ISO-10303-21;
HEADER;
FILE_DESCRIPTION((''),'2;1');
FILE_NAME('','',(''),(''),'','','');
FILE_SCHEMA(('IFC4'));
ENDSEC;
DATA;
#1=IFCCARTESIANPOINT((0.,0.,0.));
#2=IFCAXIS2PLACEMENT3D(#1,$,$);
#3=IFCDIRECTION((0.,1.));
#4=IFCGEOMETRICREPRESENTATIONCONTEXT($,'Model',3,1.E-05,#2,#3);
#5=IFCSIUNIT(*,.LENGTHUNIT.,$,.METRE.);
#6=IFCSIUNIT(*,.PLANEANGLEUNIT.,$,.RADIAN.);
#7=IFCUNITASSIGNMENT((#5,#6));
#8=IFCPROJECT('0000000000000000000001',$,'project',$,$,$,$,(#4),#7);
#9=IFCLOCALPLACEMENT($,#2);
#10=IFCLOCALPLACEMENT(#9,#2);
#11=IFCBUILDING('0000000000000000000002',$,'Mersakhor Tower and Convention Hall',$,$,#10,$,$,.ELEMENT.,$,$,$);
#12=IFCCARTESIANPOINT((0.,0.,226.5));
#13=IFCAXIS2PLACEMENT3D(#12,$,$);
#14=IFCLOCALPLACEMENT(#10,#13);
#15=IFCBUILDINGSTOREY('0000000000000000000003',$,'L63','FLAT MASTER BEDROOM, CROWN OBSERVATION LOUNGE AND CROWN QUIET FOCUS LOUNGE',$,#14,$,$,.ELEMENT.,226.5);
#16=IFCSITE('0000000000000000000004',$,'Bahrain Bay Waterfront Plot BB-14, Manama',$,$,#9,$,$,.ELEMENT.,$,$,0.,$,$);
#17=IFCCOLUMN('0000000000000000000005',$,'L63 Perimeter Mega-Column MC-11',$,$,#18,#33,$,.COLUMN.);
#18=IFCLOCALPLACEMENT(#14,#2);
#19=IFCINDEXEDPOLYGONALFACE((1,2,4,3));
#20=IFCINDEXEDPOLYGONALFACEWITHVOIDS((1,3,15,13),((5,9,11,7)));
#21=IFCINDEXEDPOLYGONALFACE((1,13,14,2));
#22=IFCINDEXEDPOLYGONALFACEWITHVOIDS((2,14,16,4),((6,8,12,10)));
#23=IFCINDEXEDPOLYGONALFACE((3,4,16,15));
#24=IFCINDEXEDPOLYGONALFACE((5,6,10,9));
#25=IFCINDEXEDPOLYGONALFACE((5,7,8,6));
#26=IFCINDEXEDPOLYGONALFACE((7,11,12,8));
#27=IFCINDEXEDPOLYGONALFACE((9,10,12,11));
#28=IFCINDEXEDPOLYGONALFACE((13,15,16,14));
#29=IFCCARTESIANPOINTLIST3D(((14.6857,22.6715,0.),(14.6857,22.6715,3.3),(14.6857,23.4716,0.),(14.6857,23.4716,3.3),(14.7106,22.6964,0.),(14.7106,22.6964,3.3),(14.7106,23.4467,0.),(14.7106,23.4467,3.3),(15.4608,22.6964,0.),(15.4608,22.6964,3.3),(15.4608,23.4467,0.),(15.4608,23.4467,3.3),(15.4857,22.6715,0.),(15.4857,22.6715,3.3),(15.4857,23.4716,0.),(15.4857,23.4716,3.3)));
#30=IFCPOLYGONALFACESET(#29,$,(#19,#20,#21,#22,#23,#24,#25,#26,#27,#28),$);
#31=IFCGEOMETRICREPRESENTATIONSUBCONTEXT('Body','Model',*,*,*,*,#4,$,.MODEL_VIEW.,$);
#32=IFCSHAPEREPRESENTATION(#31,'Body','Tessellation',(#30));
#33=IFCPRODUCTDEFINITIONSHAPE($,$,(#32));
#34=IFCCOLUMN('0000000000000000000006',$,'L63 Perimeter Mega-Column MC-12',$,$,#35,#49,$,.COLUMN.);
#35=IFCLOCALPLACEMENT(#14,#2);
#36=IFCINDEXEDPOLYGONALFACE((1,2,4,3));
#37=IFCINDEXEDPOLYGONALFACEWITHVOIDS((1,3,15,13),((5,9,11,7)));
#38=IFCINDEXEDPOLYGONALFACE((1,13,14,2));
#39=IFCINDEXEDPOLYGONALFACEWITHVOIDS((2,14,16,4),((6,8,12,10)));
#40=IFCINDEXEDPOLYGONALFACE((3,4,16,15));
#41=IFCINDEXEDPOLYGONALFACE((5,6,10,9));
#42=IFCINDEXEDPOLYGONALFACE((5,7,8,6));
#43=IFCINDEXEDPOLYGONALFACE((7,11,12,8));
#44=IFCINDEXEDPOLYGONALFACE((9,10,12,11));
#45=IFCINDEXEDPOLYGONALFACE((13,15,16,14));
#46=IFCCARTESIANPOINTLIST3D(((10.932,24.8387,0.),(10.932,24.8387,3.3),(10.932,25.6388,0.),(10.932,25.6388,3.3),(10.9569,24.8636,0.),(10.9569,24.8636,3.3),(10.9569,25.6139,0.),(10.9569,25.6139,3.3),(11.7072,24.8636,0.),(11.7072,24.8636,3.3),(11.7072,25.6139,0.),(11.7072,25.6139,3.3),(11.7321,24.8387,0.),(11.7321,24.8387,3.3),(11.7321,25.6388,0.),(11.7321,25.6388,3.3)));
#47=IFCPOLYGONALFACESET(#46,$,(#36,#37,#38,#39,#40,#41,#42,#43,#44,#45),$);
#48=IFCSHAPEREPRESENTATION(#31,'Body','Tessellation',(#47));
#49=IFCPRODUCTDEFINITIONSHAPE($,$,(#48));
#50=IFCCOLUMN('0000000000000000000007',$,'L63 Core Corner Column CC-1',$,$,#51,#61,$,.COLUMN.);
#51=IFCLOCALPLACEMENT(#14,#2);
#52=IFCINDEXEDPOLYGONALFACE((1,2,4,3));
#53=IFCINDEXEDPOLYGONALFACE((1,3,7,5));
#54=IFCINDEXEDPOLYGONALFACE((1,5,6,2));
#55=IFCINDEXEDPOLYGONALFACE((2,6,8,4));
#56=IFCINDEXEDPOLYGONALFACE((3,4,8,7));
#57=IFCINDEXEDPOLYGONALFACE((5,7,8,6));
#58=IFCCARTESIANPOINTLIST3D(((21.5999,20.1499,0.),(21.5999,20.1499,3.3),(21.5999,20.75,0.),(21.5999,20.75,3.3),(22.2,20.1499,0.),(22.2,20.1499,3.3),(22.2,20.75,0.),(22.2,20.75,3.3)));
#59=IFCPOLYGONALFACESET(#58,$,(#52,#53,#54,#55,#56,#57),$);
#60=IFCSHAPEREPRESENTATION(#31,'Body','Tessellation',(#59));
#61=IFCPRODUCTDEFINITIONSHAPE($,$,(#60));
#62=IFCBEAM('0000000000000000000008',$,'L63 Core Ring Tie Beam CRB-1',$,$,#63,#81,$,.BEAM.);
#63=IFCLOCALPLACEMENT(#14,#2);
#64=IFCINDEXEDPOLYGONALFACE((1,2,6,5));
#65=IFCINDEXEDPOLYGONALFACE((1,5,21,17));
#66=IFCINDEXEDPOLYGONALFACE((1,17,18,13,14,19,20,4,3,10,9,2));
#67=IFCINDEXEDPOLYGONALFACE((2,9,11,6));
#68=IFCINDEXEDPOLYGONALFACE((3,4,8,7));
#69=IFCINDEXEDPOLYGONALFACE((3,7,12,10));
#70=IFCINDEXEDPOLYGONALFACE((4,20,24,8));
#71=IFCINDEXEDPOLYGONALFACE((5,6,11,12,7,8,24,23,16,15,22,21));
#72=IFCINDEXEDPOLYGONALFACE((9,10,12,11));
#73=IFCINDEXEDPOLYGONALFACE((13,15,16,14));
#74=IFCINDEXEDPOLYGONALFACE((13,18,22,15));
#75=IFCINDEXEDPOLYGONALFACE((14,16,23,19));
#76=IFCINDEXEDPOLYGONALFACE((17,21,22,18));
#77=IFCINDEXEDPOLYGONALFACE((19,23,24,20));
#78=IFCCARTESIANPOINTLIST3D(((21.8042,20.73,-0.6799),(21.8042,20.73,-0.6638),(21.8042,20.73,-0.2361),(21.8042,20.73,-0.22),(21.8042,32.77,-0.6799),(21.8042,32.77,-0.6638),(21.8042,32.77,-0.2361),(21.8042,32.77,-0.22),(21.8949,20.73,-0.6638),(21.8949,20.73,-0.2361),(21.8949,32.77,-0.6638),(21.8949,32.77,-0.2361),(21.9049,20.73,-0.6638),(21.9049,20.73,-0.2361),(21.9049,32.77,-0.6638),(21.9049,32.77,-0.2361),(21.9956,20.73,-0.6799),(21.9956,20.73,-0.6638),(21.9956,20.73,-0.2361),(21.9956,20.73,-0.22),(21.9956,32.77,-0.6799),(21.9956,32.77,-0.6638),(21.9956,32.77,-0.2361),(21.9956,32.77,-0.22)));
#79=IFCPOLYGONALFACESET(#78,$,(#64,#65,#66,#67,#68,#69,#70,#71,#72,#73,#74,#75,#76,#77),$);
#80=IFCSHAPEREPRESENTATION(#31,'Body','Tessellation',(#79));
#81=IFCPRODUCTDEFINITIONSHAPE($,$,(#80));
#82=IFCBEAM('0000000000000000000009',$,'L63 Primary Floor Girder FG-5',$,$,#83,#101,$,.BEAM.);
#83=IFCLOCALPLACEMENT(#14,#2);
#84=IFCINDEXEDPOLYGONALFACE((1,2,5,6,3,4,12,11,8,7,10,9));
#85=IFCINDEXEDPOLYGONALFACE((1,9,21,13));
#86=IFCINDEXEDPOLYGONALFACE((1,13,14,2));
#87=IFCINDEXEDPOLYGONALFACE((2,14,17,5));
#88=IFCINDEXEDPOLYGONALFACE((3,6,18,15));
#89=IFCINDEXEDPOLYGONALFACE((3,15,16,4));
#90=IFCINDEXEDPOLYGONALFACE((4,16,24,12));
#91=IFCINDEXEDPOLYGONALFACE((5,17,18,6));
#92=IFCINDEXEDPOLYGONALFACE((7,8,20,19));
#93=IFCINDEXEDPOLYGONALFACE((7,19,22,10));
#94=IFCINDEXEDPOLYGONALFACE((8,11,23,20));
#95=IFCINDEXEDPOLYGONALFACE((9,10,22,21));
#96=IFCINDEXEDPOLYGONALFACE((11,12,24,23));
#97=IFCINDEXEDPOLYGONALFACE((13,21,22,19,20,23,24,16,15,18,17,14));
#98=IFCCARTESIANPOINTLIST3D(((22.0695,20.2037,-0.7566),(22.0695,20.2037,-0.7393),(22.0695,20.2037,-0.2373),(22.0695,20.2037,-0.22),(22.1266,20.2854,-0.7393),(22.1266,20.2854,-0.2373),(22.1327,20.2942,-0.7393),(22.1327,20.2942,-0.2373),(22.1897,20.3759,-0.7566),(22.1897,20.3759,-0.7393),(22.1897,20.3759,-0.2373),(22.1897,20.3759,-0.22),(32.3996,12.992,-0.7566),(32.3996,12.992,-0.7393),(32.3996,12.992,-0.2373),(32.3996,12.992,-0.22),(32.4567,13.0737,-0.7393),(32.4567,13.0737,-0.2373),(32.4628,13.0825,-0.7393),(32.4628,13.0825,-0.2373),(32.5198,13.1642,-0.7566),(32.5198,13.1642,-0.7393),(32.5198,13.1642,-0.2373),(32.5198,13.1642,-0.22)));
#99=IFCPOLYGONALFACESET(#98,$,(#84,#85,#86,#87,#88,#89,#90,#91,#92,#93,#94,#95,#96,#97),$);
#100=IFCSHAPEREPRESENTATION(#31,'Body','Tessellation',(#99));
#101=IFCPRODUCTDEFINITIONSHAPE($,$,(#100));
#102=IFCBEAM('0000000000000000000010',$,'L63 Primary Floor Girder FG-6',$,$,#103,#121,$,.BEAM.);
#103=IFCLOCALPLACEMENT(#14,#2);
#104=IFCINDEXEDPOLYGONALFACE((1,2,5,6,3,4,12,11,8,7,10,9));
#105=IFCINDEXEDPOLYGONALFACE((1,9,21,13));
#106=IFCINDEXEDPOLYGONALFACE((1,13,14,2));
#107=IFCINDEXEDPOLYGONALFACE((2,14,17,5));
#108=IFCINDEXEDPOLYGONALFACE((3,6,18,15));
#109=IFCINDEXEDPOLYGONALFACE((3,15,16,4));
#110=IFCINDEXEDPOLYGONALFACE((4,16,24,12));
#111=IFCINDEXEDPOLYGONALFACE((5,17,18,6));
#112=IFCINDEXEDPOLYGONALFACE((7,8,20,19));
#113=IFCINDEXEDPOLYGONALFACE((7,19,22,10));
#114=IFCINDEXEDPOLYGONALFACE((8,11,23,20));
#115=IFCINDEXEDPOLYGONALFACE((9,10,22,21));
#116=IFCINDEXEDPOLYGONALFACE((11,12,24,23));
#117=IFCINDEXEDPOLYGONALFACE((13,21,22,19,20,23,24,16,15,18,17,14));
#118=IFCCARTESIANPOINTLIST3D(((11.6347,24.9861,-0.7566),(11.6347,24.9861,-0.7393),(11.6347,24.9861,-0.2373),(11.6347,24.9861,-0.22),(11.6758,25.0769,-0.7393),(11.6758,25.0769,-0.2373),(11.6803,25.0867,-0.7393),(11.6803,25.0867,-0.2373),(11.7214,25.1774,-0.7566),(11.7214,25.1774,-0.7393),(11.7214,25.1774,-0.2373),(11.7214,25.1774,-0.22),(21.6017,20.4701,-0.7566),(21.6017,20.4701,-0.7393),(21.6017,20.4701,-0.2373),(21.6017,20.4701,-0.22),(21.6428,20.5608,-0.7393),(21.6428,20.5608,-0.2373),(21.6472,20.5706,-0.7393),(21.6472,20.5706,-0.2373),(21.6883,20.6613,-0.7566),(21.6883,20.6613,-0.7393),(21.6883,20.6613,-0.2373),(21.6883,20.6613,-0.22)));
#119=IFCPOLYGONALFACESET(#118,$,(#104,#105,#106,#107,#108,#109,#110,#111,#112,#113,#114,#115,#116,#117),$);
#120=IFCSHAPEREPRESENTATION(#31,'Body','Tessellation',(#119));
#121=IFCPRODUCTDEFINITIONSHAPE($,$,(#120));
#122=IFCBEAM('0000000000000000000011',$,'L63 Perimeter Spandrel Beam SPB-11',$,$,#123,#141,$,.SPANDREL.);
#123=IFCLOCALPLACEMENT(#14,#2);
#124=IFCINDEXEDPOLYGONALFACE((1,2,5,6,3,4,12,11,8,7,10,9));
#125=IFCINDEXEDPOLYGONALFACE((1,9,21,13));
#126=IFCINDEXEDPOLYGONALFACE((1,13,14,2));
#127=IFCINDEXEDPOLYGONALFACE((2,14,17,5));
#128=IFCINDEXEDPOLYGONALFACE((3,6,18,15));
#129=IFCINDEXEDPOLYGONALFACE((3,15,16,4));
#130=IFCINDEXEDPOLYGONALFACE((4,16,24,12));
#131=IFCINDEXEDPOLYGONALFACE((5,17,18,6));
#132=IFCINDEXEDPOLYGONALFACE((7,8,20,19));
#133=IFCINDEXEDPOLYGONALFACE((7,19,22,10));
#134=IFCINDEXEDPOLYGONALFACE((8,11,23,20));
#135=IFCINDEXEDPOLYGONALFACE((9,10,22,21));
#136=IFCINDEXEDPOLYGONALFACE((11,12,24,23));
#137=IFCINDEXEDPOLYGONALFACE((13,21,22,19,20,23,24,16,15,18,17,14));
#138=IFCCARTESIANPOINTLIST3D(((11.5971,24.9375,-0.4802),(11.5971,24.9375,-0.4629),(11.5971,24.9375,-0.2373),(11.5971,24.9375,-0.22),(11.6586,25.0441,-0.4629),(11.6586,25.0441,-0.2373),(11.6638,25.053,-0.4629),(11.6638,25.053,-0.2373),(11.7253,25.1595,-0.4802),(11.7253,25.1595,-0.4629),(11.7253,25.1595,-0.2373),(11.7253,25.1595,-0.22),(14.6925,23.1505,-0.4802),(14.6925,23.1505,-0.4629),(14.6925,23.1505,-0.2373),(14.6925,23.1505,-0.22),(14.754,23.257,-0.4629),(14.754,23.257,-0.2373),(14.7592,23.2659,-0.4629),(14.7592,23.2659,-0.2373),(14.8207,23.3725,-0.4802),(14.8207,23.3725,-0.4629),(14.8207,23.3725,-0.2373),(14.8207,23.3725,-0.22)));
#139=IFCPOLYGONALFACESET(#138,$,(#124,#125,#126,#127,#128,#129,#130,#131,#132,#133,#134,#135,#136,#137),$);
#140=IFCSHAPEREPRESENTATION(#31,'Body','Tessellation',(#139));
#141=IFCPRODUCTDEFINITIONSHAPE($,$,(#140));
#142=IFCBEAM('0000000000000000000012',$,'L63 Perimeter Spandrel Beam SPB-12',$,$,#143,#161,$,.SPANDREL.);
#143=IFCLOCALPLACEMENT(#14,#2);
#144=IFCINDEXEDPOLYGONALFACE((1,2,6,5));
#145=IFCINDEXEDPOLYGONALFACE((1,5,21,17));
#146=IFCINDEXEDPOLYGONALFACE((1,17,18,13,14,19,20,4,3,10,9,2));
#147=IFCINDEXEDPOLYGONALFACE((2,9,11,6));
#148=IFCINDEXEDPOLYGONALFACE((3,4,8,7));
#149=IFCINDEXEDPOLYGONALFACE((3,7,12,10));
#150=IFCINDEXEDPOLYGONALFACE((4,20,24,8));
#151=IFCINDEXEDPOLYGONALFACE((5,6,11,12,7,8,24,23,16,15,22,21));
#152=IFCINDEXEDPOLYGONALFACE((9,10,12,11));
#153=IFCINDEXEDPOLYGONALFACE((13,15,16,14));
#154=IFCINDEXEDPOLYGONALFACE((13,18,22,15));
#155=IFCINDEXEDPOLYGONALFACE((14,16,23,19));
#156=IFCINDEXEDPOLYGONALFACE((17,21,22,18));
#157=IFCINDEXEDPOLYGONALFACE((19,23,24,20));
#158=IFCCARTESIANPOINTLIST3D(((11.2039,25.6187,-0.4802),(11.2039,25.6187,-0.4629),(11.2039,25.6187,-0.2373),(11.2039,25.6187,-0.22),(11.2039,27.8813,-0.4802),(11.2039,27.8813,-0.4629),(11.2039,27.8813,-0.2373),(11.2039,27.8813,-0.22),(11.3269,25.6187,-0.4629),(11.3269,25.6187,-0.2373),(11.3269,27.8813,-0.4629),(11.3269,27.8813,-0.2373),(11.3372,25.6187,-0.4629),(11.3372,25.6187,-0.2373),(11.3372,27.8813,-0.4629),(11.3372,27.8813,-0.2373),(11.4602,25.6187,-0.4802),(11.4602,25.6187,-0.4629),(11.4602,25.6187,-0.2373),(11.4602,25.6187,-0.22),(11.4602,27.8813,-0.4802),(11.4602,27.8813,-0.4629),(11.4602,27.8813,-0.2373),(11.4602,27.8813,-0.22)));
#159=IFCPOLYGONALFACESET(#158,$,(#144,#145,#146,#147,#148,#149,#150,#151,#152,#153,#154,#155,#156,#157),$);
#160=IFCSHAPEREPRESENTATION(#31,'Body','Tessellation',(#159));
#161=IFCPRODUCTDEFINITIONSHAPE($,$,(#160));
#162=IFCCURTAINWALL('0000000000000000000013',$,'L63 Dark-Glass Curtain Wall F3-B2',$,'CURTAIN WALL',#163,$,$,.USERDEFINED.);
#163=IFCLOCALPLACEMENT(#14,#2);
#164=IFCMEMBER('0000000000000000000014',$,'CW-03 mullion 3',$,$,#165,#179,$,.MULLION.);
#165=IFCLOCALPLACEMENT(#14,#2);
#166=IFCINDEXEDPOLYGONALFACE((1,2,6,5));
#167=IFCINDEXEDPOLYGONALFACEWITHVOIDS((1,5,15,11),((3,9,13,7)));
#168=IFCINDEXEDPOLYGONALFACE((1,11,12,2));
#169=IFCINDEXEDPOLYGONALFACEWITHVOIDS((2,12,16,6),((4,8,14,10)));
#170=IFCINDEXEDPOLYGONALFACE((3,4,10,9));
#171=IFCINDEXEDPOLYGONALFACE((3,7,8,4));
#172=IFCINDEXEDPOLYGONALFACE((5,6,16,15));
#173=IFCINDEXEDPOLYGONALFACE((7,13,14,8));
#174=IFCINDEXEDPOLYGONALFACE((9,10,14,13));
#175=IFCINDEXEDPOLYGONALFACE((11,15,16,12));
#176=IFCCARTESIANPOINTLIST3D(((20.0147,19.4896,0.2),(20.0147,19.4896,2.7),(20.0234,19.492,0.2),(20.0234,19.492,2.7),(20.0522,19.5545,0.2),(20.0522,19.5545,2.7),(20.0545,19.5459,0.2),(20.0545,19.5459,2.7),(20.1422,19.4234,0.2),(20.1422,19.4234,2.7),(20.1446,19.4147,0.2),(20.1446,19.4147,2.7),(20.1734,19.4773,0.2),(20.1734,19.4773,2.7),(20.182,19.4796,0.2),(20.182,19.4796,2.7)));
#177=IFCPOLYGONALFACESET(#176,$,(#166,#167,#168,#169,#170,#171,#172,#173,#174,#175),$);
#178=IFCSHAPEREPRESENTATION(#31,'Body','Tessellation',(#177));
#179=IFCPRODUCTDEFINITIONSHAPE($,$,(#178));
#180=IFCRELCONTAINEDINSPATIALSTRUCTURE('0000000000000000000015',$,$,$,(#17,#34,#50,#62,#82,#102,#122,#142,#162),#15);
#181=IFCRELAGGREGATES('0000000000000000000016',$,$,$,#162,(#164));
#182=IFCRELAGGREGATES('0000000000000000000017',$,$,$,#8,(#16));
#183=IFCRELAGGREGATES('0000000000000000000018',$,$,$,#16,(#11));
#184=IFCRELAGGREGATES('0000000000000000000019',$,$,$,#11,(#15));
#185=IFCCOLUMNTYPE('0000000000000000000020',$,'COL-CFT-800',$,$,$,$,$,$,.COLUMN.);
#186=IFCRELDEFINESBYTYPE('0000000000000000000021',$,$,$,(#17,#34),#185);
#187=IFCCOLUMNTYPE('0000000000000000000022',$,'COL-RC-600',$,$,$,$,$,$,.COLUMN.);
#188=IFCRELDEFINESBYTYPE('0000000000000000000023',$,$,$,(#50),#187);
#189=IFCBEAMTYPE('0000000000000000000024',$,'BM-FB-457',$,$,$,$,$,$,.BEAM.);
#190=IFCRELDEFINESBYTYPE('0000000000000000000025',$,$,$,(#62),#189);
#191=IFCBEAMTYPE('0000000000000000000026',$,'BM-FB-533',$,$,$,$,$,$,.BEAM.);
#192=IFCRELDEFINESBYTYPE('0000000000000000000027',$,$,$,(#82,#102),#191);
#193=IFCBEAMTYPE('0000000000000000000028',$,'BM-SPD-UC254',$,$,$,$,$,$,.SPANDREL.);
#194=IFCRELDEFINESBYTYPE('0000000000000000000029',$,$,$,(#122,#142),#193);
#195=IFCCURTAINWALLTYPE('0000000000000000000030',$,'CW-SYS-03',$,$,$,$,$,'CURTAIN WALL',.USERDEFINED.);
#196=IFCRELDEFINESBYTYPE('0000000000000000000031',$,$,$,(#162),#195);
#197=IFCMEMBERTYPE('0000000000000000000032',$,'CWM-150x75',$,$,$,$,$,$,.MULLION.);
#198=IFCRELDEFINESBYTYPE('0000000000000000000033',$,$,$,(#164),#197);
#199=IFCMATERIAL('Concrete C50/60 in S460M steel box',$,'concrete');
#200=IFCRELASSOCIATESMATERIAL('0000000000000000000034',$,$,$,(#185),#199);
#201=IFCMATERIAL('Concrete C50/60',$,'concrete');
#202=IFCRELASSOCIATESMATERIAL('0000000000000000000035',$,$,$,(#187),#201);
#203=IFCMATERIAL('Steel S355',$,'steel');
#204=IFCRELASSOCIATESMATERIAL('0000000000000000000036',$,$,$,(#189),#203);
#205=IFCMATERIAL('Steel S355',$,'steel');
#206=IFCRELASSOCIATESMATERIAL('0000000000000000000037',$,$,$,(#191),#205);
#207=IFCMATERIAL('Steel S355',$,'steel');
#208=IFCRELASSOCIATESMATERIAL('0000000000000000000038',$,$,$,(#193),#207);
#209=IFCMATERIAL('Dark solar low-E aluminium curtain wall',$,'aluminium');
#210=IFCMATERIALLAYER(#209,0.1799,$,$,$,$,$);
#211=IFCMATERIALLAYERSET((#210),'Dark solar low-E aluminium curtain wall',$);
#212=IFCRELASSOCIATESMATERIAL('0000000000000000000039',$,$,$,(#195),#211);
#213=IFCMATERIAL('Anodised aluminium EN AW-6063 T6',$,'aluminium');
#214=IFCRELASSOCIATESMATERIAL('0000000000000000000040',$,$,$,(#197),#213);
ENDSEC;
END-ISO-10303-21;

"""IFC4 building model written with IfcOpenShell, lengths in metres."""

from ifc_helpers import new_model, si_unit, direction, frame, origin, origin_2d, place, context, subcontext, project, spatial, rectangle, hollow_rectangle, i_section, extrude, material, layer, layer_set, material_profile, profile_set, type_object, element, aggregate, save


model = new_model("IFC4")

# Units and contexts
model_context = context("Model", 3, precision=1e-05, world=origin(), true_north=direction((0.0, 1.0)))
body_context = subcontext(model_context, "Body", "Model", "MODEL_VIEW")
ifc_project = project(units=[si_unit("LENGTHUNIT", "METRE"), si_unit("PLANEANGLEUNIT", "RADIAN")], contexts=[model_context])

# Site, building, storey
site_placement = place(None, origin())
site = spatial("IfcSite", under=ifc_project, at=site_placement, Name="Bahrain Bay Waterfront Plot BB-14, Manama", CompositionType="ELEMENT", RefElevation=0.0)
building_placement = place(site_placement, origin())
building = spatial("IfcBuilding", under=site, at=building_placement, Name="Mersakhor Tower and Convention Hall", CompositionType="ELEMENT")
storey_placement = place(building_placement, frame((0.0, 0.0, 226.5)))
storey = spatial("IfcBuildingStorey", under=building, at=storey_placement, Name="L63", Description="FLAT MASTER BEDROOM, CROWN OBSERVATION LOUNGE AND CROWN QUIET FOCUS LOUNGE", CompositionType="ELEMENT", Elevation=226.5)

# Columns
ifc_material_1 = material(Name="Concrete C50/60 in S460M steel box", Category="concrete")
ifc_material_profile_1 = material_profile(ifc_material_1, hollow_rectangle(XDim=0.8, YDim=0.8, WallThickness=0.0249, at=origin_2d()), Name="SHS 800x800x25")
ifc_profile_set_1 = profile_set([ifc_material_profile_1], Name="Concrete C50/60 in S460M steel box")
column_type_1 = type_object("IfcColumnType", Name="COL-CFT-800", PredefinedType="COLUMN", material=ifc_profile_set_1)
for number, where, z_axis, x_axis, name in (
    (1, (15.0857, 23.0715, 0.0), (0.0, 0.0, 1.0), (1.0, 0.0, 0.0), "L63 Perimeter Mega-Column MC-11"),
    (2, (11.332, 25.2388, 0.0), (0.0, 0.0, 1.0), (1.0, 0.0, 0.0), "L63 Perimeter Mega-Column MC-12"),
):
    element("IfcColumn", number, at=place(storey_placement, frame(where, z_axis=z_axis, x_axis=x_axis)), inside=storey, type_object=column_type_1, Name=name, PredefinedType="COLUMN", context=body_context, shape_type="SweptSolid", body=[
        extrude(hollow_rectangle(XDim=0.8, YDim=0.8, WallThickness=0.0249, at=origin_2d()), origin(), (0.0, 0.0, 1.0), 3.3),
    ])
ifc_material_2 = material(Name="Concrete C50/60", Category="concrete")
ifc_material_profile_2 = material_profile(ifc_material_2, rectangle(XDim=0.6001, YDim=0.6001, at=origin_2d()), Name="RC 600x600")
ifc_profile_set_2 = profile_set([ifc_material_profile_2], Name="Concrete C50/60")
column_type_2 = type_object("IfcColumnType", Name="COL-RC-600", PredefinedType="COLUMN", material=ifc_profile_set_2)
column_placement = place(storey_placement, frame((21.8999, 20.45, 0.0), z_axis=(0.0, 0.0, 1.0), x_axis=(1.0, 0.0, 0.0)))
element("IfcColumn", 3, at=column_placement, inside=storey, type_object=column_type_2, Name="L63 Core Corner Column CC-1", PredefinedType="COLUMN", context=body_context, shape_type="SweptSolid", body=[
    extrude(rectangle(XDim=0.6001, YDim=0.6001, at=origin_2d()), origin(), (0.0, 0.0, 1.0), 3.3),
])

# Beams
ifc_material_3 = material(Name="Steel S355", Category="steel")
ifc_material_profile_3 = material_profile(ifc_material_3, i_section(OverallWidth=0.1914, OverallDepth=0.46, WebThickness=0.01, FlangeThickness=0.0161, at=origin_2d()), Name="UB 457x191x82")
ifc_profile_set_3 = profile_set([ifc_material_profile_3], Name="Steel S355")
beam_type_1 = type_object("IfcBeamType", Name="BM-FB-457", PredefinedType="BEAM", material=ifc_profile_set_3)
beam_1_placement = place(storey_placement, frame((21.8999, 20.73, -0.45), z_axis=(0.0, 1.0, 0.0), x_axis=(-1.0, 0.0, 0.0)))
element("IfcBeam", 4, at=beam_1_placement, inside=storey, type_object=beam_type_1, Name="L63 Core Ring Tie Beam CRB-1", PredefinedType="BEAM", context=body_context, shape_type="SweptSolid", body=[
    extrude(i_section(OverallWidth=0.1914, OverallDepth=0.46, WebThickness=0.01, FlangeThickness=0.0161, at=origin_2d()), origin(), (0.0, 0.0, 1.0), 12.04),
])
ifc_material_4 = material(Name="Steel S355", Category="steel")
ifc_material_profile_4 = material_profile(ifc_material_4, i_section(OverallWidth=0.21, OverallDepth=0.5366, WebThickness=0.0107, FlangeThickness=0.0173, at=origin_2d()), Name="UB 533x210x101")
ifc_profile_set_4 = profile_set([ifc_material_profile_4], Name="Steel S355")
beam_type_2 = type_object("IfcBeamType", Name="BM-FB-533", PredefinedType="BEAM", material=ifc_profile_set_4)
beam_2_placement = place(storey_placement, frame((22.1296, 20.2898, -0.4883), z_axis=(0.819954, -0.572429, 0.0), x_axis=(0.572429, 0.819954, 0.0)))
element("IfcBeam", 5, at=beam_2_placement, inside=storey, type_object=beam_type_2, Name="L63 Primary Floor Girder FG-5", PredefinedType="BEAM", context=body_context, shape_type="SweptSolid", body=[
    extrude(i_section(OverallWidth=0.21, OverallDepth=0.5366, WebThickness=0.0107, FlangeThickness=0.0173, at=origin_2d()), origin(), (0.0, 0.0, 1.0), 12.5984),
])
beam_3_placement = place(storey_placement, frame((21.645, 20.5657, -0.4883), z_axis=(-0.91086, 0.412715, 0.0), x_axis=(-0.412715, -0.91086, 0.0)))
element("IfcBeam", 6, at=beam_3_placement, inside=storey, type_object=beam_type_2, Name="L63 Primary Floor Girder FG-6", PredefinedType="BEAM", context=body_context, shape_type="SweptSolid", body=[
    extrude(i_section(OverallWidth=0.21, OverallDepth=0.5366, WebThickness=0.0107, FlangeThickness=0.0173, at=origin_2d()), origin(), (0.0, 0.0, 1.0), 10.9424),
])
ifc_material_5 = material(Name="Steel S355", Category="steel")
ifc_material_profile_5 = material_profile(ifc_material_5, i_section(OverallWidth=0.2563, OverallDepth=0.2603, WebThickness=0.0103, FlangeThickness=0.0173, at=origin_2d()), Name="UC 254x254x89")
ifc_profile_set_5 = profile_set([ifc_material_profile_5], Name="Steel S355")
beam_type_3 = type_object("IfcBeamType", Name="BM-SPD-UC254", PredefinedType="SPANDREL", material=ifc_profile_set_5)
beam_4_placement = place(storey_placement, frame((14.7566, 23.2615, -0.3501), z_axis=(-0.866032, 0.499989, 0.0), x_axis=(-0.499989, -0.866032, 0.0)))
element("IfcBeam", 7, at=beam_4_placement, inside=storey, type_object=beam_type_3, Name="L63 Perimeter Spandrel Beam SPB-11", PredefinedType="SPANDREL", context=body_context, shape_type="SweptSolid", body=[
    extrude(i_section(OverallWidth=0.2563, OverallDepth=0.2603, WebThickness=0.0103, FlangeThickness=0.0173, at=origin_2d()), origin(), (0.0, 0.0, 1.0), 3.5742),
])
beam_5_placement = place(storey_placement, frame((11.332, 25.6187, -0.3501), z_axis=(0.0, 1.0, 0.0), x_axis=(-1.0, 0.0, 0.0)))
element("IfcBeam", 8, at=beam_5_placement, inside=storey, type_object=beam_type_3, Name="L63 Perimeter Spandrel Beam SPB-12", PredefinedType="SPANDREL", context=body_context, shape_type="SweptSolid", body=[
    extrude(i_section(OverallWidth=0.2563, OverallDepth=0.2603, WebThickness=0.0103, FlangeThickness=0.0173, at=origin_2d()), origin(), (0.0, 0.0, 1.0), 2.2627),
])

# Curtain wall, member
ifc_material_6 = material(Name="Dark solar low-E aluminium curtain wall", Category="aluminium")
ifc_layer_1 = layer(ifc_material_6, 0.1799)
ifc_layer_set_1 = layer_set([ifc_layer_1], Name="Dark solar low-E aluminium curtain wall")
curtain_wall_type = type_object("IfcCurtainWallType", Name="CW-SYS-03", ElementType="CURTAIN WALL", PredefinedType="USERDEFINED", material=ifc_layer_set_1)
curtain_wall_placement = place(storey_placement, origin())
curtain_wall = element("IfcCurtainWall", 9, at=curtain_wall_placement, inside=storey, type_object=curtain_wall_type, Name="L63 Dark-Glass Curtain Wall F3-B2", ObjectType="CURTAIN WALL", PredefinedType="USERDEFINED")
ifc_material_7 = material(Name="Anodised aluminium EN AW-6063 T6", Category="aluminium")
ifc_material_profile_6 = material_profile(ifc_material_7, hollow_rectangle(XDim=0.075, YDim=0.1499, WallThickness=0.0063, at=origin_2d()), Name="RHS 150x75x6.3")
ifc_profile_set_6 = profile_set([ifc_material_profile_6], Name="Anodised aluminium EN AW-6063 T6")
member_type_1 = type_object("IfcMemberType", Name="CWM-150x75", PredefinedType="MULLION", material=ifc_profile_set_6)
member_1_placement = place(storey_placement, frame((20.0984, 19.4846, 0.2), z_axis=(0.0, 0.0, 1.0), x_axis=(-0.500004, -0.866023, 0.0)))
member_1 = element("IfcMember", 10, at=member_1_placement, type_object=member_type_1, Name="CW-03 mullion 3", PredefinedType="MULLION", context=body_context, shape_type="SweptSolid", body=[
    extrude(hollow_rectangle(XDim=0.075, YDim=0.1499, WallThickness=0.0063, at=origin_2d()), origin(), (0.0, 0.0, 1.0), 2.5),
])

aggregate(curtain_wall, [member_1])

save(model, "model.ifc")
